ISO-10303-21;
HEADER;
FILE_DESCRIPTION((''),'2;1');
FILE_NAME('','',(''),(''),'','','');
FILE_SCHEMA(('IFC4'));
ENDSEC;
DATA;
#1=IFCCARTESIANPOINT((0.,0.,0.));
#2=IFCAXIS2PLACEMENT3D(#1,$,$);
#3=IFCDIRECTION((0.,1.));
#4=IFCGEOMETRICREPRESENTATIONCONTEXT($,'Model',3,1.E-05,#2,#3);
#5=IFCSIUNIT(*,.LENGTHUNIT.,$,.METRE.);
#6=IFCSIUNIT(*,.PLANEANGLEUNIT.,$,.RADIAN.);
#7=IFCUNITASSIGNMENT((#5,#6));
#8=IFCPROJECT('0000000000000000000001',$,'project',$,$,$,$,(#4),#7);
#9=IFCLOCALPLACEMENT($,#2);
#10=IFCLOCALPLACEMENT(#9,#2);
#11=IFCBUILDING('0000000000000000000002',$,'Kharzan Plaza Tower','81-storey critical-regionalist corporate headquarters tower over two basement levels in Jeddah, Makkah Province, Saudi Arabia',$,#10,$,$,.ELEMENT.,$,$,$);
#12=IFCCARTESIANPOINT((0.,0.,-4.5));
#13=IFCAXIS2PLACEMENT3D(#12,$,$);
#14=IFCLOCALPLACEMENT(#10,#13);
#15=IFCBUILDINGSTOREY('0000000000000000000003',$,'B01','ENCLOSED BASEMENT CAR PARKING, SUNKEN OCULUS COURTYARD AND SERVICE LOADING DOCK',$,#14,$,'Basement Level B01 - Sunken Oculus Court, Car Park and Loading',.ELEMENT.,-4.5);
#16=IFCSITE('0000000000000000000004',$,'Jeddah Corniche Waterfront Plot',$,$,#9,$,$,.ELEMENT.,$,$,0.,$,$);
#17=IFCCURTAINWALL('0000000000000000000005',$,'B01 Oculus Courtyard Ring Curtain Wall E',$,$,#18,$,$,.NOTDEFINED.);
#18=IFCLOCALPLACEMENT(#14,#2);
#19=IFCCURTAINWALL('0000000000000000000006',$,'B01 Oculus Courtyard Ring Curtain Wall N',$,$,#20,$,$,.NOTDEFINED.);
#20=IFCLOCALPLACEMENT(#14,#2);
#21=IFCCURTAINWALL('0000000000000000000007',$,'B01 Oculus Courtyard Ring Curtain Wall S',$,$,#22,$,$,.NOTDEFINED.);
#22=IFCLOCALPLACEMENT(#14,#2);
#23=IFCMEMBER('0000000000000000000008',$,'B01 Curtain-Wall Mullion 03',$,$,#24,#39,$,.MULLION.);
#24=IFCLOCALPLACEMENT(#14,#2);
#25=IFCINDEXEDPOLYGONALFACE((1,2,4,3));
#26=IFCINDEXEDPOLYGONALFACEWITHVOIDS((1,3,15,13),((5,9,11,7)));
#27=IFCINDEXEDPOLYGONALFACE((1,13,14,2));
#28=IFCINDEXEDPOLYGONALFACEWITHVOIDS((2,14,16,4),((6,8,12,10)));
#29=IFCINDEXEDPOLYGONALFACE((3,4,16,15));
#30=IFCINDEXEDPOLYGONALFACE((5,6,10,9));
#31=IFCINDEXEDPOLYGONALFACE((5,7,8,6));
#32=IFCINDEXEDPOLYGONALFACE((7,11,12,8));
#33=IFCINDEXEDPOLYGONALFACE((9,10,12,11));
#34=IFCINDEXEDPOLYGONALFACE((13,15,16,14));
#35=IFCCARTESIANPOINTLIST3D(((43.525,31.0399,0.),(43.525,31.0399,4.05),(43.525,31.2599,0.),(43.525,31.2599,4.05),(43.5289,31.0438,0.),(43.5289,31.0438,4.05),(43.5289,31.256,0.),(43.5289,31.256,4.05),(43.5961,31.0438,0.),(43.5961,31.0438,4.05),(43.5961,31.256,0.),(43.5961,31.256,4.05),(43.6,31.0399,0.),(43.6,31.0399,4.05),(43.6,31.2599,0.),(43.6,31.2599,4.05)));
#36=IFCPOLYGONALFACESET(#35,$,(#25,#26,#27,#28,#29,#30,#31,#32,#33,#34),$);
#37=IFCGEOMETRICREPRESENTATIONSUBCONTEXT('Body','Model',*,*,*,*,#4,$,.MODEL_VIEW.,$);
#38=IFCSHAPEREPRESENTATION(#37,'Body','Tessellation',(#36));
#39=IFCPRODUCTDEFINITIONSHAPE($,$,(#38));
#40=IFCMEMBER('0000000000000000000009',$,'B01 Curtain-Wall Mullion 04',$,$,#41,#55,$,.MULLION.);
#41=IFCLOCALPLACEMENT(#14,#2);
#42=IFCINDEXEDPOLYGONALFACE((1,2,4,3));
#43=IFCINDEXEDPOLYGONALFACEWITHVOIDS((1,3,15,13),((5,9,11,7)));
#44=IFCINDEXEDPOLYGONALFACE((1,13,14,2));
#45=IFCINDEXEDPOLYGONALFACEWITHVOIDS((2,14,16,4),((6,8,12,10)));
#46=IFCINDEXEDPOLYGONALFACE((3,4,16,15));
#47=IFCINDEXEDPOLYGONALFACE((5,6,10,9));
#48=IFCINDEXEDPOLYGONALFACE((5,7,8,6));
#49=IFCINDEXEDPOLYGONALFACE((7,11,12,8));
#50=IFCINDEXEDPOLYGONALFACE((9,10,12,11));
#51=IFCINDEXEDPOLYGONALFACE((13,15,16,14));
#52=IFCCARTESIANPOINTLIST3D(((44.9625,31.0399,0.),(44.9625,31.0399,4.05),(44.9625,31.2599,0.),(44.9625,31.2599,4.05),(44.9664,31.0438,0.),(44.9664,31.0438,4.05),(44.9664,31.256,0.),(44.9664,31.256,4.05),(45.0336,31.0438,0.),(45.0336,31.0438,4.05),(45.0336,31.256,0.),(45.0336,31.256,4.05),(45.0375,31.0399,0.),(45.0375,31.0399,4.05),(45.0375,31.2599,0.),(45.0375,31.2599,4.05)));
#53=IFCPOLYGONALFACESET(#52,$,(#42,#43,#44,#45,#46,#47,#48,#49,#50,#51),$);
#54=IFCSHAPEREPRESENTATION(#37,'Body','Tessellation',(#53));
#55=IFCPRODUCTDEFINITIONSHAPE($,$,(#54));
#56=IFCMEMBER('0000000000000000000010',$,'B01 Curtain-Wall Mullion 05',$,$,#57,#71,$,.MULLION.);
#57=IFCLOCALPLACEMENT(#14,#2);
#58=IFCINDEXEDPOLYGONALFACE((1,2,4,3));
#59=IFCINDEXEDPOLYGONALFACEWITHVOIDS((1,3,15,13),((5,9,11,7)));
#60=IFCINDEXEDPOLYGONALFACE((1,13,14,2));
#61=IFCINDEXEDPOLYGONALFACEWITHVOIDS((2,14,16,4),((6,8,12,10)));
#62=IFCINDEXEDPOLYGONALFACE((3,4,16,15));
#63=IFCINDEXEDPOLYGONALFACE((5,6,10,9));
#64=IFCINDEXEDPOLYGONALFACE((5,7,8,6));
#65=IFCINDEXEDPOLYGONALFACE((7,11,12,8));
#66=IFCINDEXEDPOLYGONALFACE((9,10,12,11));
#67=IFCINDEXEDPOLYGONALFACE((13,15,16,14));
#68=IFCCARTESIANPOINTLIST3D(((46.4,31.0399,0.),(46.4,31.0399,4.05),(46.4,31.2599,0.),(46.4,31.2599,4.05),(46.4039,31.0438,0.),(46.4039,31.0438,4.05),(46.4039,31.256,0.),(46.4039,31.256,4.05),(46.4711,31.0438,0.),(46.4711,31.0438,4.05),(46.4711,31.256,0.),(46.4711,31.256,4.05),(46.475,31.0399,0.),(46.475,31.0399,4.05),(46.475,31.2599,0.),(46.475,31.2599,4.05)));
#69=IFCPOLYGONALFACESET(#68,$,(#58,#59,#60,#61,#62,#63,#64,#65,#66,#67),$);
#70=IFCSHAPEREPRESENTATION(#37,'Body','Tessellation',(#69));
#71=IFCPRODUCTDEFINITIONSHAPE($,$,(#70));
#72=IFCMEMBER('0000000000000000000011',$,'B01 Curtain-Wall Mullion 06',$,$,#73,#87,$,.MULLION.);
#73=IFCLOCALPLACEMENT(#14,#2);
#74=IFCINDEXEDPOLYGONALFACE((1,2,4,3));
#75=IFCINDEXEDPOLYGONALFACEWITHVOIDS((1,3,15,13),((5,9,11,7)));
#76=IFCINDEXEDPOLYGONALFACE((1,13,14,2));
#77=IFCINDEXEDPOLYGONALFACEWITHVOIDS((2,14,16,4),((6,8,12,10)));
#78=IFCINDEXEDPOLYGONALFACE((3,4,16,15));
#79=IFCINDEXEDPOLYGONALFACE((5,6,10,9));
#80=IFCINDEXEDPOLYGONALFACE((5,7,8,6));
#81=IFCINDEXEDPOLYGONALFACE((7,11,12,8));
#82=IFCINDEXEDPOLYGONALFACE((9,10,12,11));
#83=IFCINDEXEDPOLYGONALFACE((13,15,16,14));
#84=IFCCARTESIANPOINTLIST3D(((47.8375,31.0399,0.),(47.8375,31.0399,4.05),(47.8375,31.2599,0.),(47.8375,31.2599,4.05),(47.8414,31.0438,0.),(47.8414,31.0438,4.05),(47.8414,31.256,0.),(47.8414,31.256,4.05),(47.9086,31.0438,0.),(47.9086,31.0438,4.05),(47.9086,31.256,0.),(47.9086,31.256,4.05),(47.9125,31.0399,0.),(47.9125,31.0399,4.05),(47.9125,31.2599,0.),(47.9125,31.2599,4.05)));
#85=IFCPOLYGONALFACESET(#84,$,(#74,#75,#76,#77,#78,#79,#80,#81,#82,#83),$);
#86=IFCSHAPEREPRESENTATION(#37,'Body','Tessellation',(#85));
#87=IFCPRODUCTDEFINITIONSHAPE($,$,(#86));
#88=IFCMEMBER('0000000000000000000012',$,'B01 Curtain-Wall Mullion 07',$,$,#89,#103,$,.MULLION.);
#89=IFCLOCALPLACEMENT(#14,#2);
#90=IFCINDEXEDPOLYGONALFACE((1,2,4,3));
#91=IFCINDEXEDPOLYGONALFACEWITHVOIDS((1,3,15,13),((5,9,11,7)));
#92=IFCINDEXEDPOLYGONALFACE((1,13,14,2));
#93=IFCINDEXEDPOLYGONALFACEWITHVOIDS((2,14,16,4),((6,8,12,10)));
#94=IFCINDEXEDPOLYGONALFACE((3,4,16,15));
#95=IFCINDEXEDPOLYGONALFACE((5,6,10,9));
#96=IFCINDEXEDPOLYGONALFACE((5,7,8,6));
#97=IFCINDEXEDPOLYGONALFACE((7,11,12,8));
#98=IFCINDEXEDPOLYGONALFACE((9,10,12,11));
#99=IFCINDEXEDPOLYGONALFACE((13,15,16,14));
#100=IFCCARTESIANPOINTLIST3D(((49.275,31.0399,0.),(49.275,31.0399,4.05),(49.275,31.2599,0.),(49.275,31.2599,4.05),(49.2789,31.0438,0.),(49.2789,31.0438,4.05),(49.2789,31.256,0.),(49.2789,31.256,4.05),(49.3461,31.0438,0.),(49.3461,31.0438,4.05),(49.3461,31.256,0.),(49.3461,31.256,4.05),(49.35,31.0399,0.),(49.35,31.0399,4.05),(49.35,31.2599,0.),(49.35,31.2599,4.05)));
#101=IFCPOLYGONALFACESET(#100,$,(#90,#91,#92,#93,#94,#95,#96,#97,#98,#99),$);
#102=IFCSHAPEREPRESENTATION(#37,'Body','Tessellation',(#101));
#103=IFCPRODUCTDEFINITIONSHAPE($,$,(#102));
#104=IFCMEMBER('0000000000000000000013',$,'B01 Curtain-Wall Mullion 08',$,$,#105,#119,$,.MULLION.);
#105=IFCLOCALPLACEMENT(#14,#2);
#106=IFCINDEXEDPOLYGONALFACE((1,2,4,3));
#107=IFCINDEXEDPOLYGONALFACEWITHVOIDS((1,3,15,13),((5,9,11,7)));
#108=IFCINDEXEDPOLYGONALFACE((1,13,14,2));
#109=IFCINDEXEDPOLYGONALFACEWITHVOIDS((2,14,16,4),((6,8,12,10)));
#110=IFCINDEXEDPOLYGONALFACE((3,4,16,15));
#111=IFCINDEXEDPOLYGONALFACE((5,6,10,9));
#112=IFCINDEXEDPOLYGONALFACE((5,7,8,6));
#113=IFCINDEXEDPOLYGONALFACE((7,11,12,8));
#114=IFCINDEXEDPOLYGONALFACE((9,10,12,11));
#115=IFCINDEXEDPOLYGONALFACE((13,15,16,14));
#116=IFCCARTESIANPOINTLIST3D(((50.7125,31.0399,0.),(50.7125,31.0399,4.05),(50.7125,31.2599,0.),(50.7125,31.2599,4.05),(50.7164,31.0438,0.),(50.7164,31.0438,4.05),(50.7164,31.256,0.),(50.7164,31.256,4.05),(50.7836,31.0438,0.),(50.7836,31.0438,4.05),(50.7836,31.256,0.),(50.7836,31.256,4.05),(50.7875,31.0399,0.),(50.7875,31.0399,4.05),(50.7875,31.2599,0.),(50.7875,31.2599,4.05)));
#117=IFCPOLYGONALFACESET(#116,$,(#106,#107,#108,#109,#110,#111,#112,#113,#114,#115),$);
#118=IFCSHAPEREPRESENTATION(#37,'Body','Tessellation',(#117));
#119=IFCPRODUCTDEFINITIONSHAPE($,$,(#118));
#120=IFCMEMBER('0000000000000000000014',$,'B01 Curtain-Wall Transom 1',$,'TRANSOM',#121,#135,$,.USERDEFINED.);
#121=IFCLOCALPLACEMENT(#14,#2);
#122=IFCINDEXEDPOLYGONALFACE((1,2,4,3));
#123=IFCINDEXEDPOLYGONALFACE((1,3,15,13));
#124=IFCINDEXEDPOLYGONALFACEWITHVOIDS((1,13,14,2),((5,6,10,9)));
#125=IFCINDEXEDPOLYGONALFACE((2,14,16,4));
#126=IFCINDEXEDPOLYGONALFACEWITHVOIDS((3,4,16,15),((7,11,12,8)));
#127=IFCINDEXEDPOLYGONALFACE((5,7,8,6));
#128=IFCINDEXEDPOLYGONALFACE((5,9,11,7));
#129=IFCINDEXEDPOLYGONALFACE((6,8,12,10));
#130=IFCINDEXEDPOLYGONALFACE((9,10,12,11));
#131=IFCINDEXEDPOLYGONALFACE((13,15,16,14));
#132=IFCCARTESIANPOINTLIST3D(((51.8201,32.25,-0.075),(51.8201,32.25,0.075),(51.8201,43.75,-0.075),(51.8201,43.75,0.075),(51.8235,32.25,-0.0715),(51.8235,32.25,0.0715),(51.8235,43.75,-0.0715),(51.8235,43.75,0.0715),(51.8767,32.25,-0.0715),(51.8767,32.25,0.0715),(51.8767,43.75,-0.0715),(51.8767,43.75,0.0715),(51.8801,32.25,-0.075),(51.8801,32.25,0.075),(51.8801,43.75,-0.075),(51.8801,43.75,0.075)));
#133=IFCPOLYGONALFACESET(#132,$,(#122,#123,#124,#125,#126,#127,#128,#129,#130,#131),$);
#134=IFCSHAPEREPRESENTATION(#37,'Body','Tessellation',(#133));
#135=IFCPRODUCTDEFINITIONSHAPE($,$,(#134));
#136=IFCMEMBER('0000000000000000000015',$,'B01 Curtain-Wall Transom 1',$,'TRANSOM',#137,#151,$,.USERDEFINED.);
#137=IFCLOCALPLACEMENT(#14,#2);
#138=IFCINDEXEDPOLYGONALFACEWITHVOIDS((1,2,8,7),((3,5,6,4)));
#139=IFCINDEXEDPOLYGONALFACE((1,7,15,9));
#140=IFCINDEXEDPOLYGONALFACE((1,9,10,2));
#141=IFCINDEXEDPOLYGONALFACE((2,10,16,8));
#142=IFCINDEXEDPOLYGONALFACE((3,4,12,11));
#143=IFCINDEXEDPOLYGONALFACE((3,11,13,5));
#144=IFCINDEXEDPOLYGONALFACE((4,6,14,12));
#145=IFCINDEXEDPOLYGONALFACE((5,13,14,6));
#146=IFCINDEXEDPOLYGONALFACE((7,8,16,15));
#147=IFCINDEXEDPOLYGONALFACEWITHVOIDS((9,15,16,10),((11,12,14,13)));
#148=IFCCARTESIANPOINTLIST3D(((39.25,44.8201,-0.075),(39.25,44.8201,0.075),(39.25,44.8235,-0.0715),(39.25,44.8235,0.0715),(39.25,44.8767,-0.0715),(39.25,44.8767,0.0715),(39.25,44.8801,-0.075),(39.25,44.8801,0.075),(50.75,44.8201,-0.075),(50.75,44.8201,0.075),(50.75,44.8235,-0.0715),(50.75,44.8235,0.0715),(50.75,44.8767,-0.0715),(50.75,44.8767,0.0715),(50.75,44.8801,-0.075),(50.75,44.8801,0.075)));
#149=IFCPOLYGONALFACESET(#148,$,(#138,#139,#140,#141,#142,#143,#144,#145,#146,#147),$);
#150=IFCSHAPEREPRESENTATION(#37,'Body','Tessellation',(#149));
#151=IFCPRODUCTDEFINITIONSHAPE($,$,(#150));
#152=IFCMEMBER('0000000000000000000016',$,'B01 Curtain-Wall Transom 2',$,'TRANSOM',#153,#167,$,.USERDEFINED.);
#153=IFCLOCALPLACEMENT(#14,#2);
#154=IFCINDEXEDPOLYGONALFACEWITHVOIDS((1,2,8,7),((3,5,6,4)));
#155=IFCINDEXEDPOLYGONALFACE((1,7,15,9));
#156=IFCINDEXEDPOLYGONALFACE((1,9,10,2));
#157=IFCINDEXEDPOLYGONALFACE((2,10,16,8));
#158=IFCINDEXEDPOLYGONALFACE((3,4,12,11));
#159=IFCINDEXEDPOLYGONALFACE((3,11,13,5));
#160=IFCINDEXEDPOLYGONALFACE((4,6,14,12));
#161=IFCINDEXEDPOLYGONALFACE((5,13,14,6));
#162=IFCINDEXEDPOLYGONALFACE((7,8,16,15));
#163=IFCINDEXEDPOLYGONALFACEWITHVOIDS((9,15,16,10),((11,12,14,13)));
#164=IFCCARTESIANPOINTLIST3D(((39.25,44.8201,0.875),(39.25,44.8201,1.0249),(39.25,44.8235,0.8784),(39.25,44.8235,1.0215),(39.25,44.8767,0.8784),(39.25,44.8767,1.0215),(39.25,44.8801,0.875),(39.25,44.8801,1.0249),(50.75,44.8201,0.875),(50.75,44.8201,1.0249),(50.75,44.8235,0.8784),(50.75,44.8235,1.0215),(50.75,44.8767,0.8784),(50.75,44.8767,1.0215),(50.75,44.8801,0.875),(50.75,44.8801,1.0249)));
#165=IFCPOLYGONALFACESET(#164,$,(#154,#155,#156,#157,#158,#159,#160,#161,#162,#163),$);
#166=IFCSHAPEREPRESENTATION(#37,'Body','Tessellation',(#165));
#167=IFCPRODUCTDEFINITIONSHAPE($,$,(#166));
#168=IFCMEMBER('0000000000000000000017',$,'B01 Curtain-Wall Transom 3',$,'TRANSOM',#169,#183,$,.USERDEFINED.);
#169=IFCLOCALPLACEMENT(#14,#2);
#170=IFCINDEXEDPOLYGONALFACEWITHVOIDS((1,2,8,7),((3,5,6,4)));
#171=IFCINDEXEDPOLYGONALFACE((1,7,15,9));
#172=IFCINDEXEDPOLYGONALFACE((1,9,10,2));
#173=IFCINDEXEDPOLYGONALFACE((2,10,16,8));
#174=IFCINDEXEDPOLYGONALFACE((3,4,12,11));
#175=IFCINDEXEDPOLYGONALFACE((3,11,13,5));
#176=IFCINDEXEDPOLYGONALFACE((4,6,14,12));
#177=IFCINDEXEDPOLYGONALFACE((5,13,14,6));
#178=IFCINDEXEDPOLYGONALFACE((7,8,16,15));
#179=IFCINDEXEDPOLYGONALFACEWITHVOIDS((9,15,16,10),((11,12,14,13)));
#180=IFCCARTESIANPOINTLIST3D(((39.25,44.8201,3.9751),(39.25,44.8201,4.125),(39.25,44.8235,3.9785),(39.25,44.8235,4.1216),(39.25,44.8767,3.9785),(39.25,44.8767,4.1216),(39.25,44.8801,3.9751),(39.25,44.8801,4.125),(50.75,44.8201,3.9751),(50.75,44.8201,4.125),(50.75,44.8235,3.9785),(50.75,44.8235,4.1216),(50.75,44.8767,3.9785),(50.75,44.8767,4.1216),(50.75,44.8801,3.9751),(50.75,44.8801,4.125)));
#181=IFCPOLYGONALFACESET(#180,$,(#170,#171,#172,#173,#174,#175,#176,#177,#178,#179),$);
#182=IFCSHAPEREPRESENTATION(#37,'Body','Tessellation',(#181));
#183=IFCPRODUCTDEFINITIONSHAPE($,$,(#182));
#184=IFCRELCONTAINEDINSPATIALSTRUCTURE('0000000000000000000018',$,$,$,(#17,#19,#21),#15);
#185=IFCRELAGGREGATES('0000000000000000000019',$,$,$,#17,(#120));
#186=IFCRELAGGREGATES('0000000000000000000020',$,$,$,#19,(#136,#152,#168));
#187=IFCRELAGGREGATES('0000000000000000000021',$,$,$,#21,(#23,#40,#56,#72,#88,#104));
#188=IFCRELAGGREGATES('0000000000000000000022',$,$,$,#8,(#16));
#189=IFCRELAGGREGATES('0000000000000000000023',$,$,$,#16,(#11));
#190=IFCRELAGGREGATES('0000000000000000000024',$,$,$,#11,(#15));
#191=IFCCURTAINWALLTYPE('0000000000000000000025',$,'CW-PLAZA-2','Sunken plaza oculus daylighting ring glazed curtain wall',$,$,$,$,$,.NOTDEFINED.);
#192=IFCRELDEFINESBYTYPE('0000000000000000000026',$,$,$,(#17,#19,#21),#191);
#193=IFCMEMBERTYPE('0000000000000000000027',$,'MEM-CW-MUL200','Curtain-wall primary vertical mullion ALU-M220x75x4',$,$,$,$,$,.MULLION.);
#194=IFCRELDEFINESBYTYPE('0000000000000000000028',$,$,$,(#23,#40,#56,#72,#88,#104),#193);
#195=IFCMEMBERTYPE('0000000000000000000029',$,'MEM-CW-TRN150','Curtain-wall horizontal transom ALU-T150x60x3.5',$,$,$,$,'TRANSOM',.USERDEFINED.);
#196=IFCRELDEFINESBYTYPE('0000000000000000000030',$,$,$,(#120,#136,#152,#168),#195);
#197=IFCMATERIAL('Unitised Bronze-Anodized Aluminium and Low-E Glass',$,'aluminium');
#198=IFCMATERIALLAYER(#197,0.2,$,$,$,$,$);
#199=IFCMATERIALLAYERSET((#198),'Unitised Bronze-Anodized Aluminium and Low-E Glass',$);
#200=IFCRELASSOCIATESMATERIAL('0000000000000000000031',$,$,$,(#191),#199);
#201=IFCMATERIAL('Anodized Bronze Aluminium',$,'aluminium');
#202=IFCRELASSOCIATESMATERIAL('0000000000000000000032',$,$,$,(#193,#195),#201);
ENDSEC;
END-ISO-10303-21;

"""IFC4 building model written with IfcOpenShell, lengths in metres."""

from ifc_helpers import new_model, si_unit, direction, frame, origin, origin_2d, place, context, subcontext, project, spatial, hollow_rectangle, extrude, source, transform, mapped, material, layer, layer_set, material_profile, profile_set, type_object, element, aggregate, save


model = new_model("IFC4")

# Units and contexts
model_context = context("Model", 3, precision=1e-05, world=origin(), true_north=direction((0.0, 1.0)))
body_context = subcontext(model_context, "Body", "Model", "MODEL_VIEW")
ifc_project = project(units=[si_unit("LENGTHUNIT", "METRE"), si_unit("PLANEANGLEUNIT", "RADIAN")], contexts=[model_context])

# Site, building, storey
site_placement = place(None, origin())
site = spatial("IfcSite", under=ifc_project, at=site_placement, Name="Jeddah Corniche Waterfront Plot", CompositionType="ELEMENT", RefElevation=0.0)
building_placement = place(site_placement, origin())
building = spatial("IfcBuilding", under=site, at=building_placement, Name="Kharzan Plaza Tower", Description="81-storey critical-regionalist corporate headquarters tower over two basement levels in Jeddah, Makkah Province, Saudi Arabia", CompositionType="ELEMENT")
storey_placement = place(building_placement, frame((0.0, 0.0, -4.5)))
storey = spatial("IfcBuildingStorey", under=building, at=storey_placement, Name="B01", Description="ENCLOSED BASEMENT CAR PARKING, SUNKEN OCULUS COURTYARD AND SERVICE LOADING DOCK", LongName="Basement Level B01 - Sunken Oculus Court, Car Park and Loading", CompositionType="ELEMENT", Elevation=-4.5)

# Curtain wall
ifc_material_1 = material(Name="Unitised Bronze-Anodized Aluminium and Low-E Glass", Category="aluminium")
ifc_layer_1 = layer(ifc_material_1, 0.2)
ifc_layer_set_1 = layer_set([ifc_layer_1], Name="Unitised Bronze-Anodized Aluminium and Low-E Glass")
curtain_wall_type = type_object("IfcCurtainWallType", Name="CW-PLAZA-2", Description="Sunken plaza oculus daylighting ring glazed curtain wall", PredefinedType="NOTDEFINED", material=ifc_layer_set_1)
curtain_wall_1_placement = place(storey_placement, origin())
curtain_wall_1 = element("IfcCurtainWall", 1, at=curtain_wall_1_placement, inside=storey, type_object=curtain_wall_type, Name="B01 Oculus Courtyard Ring Curtain Wall E", PredefinedType="NOTDEFINED")
ifc_material_2 = material(Name="Anodized Bronze Aluminium", Category="aluminium")
ifc_material_profile_1 = material_profile(ifc_material_2, hollow_rectangle(XDim=0.075, YDim=0.22, WallThickness=0.0039, at=origin_2d()), Name="ALU-M220x75x4")
ifc_profile_set_1 = profile_set([ifc_material_profile_1], Name="Anodized Bronze Aluminium")
member_type_1 = type_object("IfcMemberType", Name="MEM-CW-MUL200", Description="Curtain-wall primary vertical mullion ALU-M220x75x4", PredefinedType="MULLION", material=ifc_profile_set_1)
shared_shape_1 = source(origin(), body_context, "Body", "SweptSolid", [
    extrude(hollow_rectangle(XDim=0.075, YDim=0.22, WallThickness=0.0039, at=origin_2d()), origin(), (0.0, 0.0, 1.0), 4.05),
])

# Curtain walls, members
curtain_wall_2_placement = place(storey_placement, origin())
curtain_wall_2 = element("IfcCurtainWall", 2, at=curtain_wall_2_placement, inside=storey, type_object=curtain_wall_type, Name="B01 Oculus Courtyard Ring Curtain Wall N", PredefinedType="NOTDEFINED")
curtain_wall_3_placement = place(storey_placement, origin())
curtain_wall_3 = element("IfcCurtainWall", 3, at=curtain_wall_3_placement, inside=storey, type_object=curtain_wall_type, Name="B01 Oculus Courtyard Ring Curtain Wall S", PredefinedType="NOTDEFINED")
member_1_placement = place(storey_placement, frame((43.5625, 31.1499, 0.0), z_axis=(0.0, 0.0, 1.0), x_axis=(1.0, 0.0, 0.0)))
member_1 = element("IfcMember", 4, at=member_1_placement, type_object=member_type_1, Name="B01 Curtain-Wall Mullion 03", PredefinedType="MULLION", context=body_context, shape_type="MappedRepresentation", body=[
    mapped(shared_shape_1, transform((0.0, 0.0, 0.0), x_axis=(1.0, 0.0, 0.0), y_axis=(0.0, 1.0, 0.0), z_axis=(0.0, 0.0, 1.0))),
])
member_2_placement = place(storey_placement, frame((45.0, 31.1499, 0.0), z_axis=(0.0, 0.0, 1.0), x_axis=(1.0, 0.0, 0.0)))
member_2 = element("IfcMember", 5, at=member_2_placement, type_object=member_type_1, Name="B01 Curtain-Wall Mullion 04", PredefinedType="MULLION", context=body_context, shape_type="MappedRepresentation", body=[
    mapped(shared_shape_1, transform((0.0, 0.0, 0.0), x_axis=(1.0, 0.0, 0.0), y_axis=(0.0, 1.0, 0.0), z_axis=(0.0, 0.0, 1.0))),
])
member_3_placement = place(storey_placement, frame((46.4375, 31.1499, 0.0), z_axis=(0.0, 0.0, 1.0), x_axis=(1.0, 0.0, 0.0)))
member_3 = element("IfcMember", 6, at=member_3_placement, type_object=member_type_1, Name="B01 Curtain-Wall Mullion 05", PredefinedType="MULLION", context=body_context, shape_type="MappedRepresentation", body=[
    mapped(shared_shape_1, transform((0.0, 0.0, 0.0), x_axis=(1.0, 0.0, 0.0), y_axis=(0.0, 1.0, 0.0), z_axis=(0.0, 0.0, 1.0))),
])
member_4_placement = place(storey_placement, frame((47.875, 31.1499, 0.0), z_axis=(0.0, 0.0, 1.0), x_axis=(1.0, 0.0, 0.0)))
member_4 = element("IfcMember", 7, at=member_4_placement, type_object=member_type_1, Name="B01 Curtain-Wall Mullion 06", PredefinedType="MULLION", context=body_context, shape_type="MappedRepresentation", body=[
    mapped(shared_shape_1, transform((0.0, 0.0, 0.0), x_axis=(1.0, 0.0, 0.0), y_axis=(0.0, 1.0, 0.0), z_axis=(0.0, 0.0, 1.0))),
])
member_5_placement = place(storey_placement, frame((49.3125, 31.1499, 0.0), z_axis=(0.0, 0.0, 1.0), x_axis=(1.0, 0.0, 0.0)))
member_5 = element("IfcMember", 8, at=member_5_placement, type_object=member_type_1, Name="B01 Curtain-Wall Mullion 07", PredefinedType="MULLION", context=body_context, shape_type="MappedRepresentation", body=[
    mapped(shared_shape_1, transform((0.0, 0.0, 0.0), x_axis=(1.0, 0.0, 0.0), y_axis=(0.0, 1.0, 0.0), z_axis=(0.0, 0.0, 1.0))),
])
member_6_placement = place(storey_placement, frame((50.75, 31.1499, 0.0), z_axis=(0.0, 0.0, 1.0), x_axis=(1.0, 0.0, 0.0)))
member_6 = element("IfcMember", 9, at=member_6_placement, type_object=member_type_1, Name="B01 Curtain-Wall Mullion 08", PredefinedType="MULLION", context=body_context, shape_type="MappedRepresentation", body=[
    mapped(shared_shape_1, transform((0.0, 0.0, 0.0), x_axis=(1.0, 0.0, 0.0), y_axis=(0.0, 1.0, 0.0), z_axis=(0.0, 0.0, 1.0))),
])

# Members
ifc_material_profile_2 = material_profile(ifc_material_2, hollow_rectangle(XDim=0.0601, YDim=0.1499, WallThickness=0.0034, at=origin_2d()), Name="ALU-T150x60x3.5")
ifc_profile_set_2 = profile_set([ifc_material_profile_2], Name="Anodized Bronze Aluminium")
member_type_2 = type_object("IfcMemberType", Name="MEM-CW-TRN150", Description="Curtain-wall horizontal transom ALU-T150x60x3.5", ElementType="TRANSOM", PredefinedType="USERDEFINED", material=ifc_profile_set_2)
shared_shape_2 = source(origin(), body_context, "Body", "SweptSolid", [
    extrude(hollow_rectangle(XDim=0.0601, YDim=0.1499, WallThickness=0.0034, at=origin_2d()), origin(), (0.0, 0.0, 1.0), 11.5),
])
member_7_placement = place(storey_placement, frame((51.8501, 32.25, 0.0), z_axis=(0.0, 1.0, 0.0), x_axis=(-1.0, 0.0, 0.0)))
member_7 = element("IfcMember", 10, at=member_7_placement, type_object=member_type_2, Name="B01 Curtain-Wall Transom 1", ObjectType="TRANSOM", PredefinedType="USERDEFINED", context=body_context, shape_type="MappedRepresentation", body=[
    mapped(shared_shape_2, transform((0.0, 0.0, 0.0), x_axis=(1.0, 0.0, 0.0), y_axis=(0.0, 1.0, 0.0), z_axis=(0.0, 0.0, 1.0))),
])
aggregate(curtain_wall_1, [member_7])
member_8_placement = place(storey_placement, frame((50.75, 44.8501, 0.0), z_axis=(-1.0, 0.0, 0.0), x_axis=(0.0, -1.0, 0.0)))
member_8 = element("IfcMember", 11, at=member_8_placement, type_object=member_type_2, Name="B01 Curtain-Wall Transom 1", ObjectType="TRANSOM", PredefinedType="USERDEFINED", context=body_context, shape_type="MappedRepresentation", body=[
    mapped(shared_shape_2, transform((0.0, 0.0, 0.0), x_axis=(1.0, 0.0, 0.0), y_axis=(0.0, 1.0, 0.0), z_axis=(0.0, 0.0, 1.0))),
])
member_9_placement = place(storey_placement, frame((50.75, 44.8501, 0.95), z_axis=(-1.0, 0.0, 0.0), x_axis=(0.0, -1.0, 0.0)))
member_9 = element("IfcMember", 12, at=member_9_placement, type_object=member_type_2, Name="B01 Curtain-Wall Transom 2", ObjectType="TRANSOM", PredefinedType="USERDEFINED", context=body_context, shape_type="MappedRepresentation", body=[
    mapped(shared_shape_2, transform((0.0, 0.0, 0.0), x_axis=(1.0, 0.0, 0.0), y_axis=(0.0, 1.0, 0.0), z_axis=(0.0, 0.0, 1.0))),
])
member_10_placement = place(storey_placement, frame((50.75, 44.8501, 4.05), z_axis=(-1.0, 0.0, 0.0), x_axis=(0.0, -1.0, 0.0)))
member_10 = element("IfcMember", 13, at=member_10_placement, type_object=member_type_2, Name="B01 Curtain-Wall Transom 3", ObjectType="TRANSOM", PredefinedType="USERDEFINED", context=body_context, shape_type="MappedRepresentation", body=[
    mapped(shared_shape_2, transform((0.0, 0.0, 0.0), x_axis=(1.0, 0.0, 0.0), y_axis=(0.0, 1.0, 0.0), z_axis=(0.0, 0.0, 1.0))),
])

aggregate(curtain_wall_2, [member_8, member_9, member_10])
aggregate(curtain_wall_3, [member_1, member_2, member_3, member_4, member_5, member_6])

save(model, "model.ifc")
